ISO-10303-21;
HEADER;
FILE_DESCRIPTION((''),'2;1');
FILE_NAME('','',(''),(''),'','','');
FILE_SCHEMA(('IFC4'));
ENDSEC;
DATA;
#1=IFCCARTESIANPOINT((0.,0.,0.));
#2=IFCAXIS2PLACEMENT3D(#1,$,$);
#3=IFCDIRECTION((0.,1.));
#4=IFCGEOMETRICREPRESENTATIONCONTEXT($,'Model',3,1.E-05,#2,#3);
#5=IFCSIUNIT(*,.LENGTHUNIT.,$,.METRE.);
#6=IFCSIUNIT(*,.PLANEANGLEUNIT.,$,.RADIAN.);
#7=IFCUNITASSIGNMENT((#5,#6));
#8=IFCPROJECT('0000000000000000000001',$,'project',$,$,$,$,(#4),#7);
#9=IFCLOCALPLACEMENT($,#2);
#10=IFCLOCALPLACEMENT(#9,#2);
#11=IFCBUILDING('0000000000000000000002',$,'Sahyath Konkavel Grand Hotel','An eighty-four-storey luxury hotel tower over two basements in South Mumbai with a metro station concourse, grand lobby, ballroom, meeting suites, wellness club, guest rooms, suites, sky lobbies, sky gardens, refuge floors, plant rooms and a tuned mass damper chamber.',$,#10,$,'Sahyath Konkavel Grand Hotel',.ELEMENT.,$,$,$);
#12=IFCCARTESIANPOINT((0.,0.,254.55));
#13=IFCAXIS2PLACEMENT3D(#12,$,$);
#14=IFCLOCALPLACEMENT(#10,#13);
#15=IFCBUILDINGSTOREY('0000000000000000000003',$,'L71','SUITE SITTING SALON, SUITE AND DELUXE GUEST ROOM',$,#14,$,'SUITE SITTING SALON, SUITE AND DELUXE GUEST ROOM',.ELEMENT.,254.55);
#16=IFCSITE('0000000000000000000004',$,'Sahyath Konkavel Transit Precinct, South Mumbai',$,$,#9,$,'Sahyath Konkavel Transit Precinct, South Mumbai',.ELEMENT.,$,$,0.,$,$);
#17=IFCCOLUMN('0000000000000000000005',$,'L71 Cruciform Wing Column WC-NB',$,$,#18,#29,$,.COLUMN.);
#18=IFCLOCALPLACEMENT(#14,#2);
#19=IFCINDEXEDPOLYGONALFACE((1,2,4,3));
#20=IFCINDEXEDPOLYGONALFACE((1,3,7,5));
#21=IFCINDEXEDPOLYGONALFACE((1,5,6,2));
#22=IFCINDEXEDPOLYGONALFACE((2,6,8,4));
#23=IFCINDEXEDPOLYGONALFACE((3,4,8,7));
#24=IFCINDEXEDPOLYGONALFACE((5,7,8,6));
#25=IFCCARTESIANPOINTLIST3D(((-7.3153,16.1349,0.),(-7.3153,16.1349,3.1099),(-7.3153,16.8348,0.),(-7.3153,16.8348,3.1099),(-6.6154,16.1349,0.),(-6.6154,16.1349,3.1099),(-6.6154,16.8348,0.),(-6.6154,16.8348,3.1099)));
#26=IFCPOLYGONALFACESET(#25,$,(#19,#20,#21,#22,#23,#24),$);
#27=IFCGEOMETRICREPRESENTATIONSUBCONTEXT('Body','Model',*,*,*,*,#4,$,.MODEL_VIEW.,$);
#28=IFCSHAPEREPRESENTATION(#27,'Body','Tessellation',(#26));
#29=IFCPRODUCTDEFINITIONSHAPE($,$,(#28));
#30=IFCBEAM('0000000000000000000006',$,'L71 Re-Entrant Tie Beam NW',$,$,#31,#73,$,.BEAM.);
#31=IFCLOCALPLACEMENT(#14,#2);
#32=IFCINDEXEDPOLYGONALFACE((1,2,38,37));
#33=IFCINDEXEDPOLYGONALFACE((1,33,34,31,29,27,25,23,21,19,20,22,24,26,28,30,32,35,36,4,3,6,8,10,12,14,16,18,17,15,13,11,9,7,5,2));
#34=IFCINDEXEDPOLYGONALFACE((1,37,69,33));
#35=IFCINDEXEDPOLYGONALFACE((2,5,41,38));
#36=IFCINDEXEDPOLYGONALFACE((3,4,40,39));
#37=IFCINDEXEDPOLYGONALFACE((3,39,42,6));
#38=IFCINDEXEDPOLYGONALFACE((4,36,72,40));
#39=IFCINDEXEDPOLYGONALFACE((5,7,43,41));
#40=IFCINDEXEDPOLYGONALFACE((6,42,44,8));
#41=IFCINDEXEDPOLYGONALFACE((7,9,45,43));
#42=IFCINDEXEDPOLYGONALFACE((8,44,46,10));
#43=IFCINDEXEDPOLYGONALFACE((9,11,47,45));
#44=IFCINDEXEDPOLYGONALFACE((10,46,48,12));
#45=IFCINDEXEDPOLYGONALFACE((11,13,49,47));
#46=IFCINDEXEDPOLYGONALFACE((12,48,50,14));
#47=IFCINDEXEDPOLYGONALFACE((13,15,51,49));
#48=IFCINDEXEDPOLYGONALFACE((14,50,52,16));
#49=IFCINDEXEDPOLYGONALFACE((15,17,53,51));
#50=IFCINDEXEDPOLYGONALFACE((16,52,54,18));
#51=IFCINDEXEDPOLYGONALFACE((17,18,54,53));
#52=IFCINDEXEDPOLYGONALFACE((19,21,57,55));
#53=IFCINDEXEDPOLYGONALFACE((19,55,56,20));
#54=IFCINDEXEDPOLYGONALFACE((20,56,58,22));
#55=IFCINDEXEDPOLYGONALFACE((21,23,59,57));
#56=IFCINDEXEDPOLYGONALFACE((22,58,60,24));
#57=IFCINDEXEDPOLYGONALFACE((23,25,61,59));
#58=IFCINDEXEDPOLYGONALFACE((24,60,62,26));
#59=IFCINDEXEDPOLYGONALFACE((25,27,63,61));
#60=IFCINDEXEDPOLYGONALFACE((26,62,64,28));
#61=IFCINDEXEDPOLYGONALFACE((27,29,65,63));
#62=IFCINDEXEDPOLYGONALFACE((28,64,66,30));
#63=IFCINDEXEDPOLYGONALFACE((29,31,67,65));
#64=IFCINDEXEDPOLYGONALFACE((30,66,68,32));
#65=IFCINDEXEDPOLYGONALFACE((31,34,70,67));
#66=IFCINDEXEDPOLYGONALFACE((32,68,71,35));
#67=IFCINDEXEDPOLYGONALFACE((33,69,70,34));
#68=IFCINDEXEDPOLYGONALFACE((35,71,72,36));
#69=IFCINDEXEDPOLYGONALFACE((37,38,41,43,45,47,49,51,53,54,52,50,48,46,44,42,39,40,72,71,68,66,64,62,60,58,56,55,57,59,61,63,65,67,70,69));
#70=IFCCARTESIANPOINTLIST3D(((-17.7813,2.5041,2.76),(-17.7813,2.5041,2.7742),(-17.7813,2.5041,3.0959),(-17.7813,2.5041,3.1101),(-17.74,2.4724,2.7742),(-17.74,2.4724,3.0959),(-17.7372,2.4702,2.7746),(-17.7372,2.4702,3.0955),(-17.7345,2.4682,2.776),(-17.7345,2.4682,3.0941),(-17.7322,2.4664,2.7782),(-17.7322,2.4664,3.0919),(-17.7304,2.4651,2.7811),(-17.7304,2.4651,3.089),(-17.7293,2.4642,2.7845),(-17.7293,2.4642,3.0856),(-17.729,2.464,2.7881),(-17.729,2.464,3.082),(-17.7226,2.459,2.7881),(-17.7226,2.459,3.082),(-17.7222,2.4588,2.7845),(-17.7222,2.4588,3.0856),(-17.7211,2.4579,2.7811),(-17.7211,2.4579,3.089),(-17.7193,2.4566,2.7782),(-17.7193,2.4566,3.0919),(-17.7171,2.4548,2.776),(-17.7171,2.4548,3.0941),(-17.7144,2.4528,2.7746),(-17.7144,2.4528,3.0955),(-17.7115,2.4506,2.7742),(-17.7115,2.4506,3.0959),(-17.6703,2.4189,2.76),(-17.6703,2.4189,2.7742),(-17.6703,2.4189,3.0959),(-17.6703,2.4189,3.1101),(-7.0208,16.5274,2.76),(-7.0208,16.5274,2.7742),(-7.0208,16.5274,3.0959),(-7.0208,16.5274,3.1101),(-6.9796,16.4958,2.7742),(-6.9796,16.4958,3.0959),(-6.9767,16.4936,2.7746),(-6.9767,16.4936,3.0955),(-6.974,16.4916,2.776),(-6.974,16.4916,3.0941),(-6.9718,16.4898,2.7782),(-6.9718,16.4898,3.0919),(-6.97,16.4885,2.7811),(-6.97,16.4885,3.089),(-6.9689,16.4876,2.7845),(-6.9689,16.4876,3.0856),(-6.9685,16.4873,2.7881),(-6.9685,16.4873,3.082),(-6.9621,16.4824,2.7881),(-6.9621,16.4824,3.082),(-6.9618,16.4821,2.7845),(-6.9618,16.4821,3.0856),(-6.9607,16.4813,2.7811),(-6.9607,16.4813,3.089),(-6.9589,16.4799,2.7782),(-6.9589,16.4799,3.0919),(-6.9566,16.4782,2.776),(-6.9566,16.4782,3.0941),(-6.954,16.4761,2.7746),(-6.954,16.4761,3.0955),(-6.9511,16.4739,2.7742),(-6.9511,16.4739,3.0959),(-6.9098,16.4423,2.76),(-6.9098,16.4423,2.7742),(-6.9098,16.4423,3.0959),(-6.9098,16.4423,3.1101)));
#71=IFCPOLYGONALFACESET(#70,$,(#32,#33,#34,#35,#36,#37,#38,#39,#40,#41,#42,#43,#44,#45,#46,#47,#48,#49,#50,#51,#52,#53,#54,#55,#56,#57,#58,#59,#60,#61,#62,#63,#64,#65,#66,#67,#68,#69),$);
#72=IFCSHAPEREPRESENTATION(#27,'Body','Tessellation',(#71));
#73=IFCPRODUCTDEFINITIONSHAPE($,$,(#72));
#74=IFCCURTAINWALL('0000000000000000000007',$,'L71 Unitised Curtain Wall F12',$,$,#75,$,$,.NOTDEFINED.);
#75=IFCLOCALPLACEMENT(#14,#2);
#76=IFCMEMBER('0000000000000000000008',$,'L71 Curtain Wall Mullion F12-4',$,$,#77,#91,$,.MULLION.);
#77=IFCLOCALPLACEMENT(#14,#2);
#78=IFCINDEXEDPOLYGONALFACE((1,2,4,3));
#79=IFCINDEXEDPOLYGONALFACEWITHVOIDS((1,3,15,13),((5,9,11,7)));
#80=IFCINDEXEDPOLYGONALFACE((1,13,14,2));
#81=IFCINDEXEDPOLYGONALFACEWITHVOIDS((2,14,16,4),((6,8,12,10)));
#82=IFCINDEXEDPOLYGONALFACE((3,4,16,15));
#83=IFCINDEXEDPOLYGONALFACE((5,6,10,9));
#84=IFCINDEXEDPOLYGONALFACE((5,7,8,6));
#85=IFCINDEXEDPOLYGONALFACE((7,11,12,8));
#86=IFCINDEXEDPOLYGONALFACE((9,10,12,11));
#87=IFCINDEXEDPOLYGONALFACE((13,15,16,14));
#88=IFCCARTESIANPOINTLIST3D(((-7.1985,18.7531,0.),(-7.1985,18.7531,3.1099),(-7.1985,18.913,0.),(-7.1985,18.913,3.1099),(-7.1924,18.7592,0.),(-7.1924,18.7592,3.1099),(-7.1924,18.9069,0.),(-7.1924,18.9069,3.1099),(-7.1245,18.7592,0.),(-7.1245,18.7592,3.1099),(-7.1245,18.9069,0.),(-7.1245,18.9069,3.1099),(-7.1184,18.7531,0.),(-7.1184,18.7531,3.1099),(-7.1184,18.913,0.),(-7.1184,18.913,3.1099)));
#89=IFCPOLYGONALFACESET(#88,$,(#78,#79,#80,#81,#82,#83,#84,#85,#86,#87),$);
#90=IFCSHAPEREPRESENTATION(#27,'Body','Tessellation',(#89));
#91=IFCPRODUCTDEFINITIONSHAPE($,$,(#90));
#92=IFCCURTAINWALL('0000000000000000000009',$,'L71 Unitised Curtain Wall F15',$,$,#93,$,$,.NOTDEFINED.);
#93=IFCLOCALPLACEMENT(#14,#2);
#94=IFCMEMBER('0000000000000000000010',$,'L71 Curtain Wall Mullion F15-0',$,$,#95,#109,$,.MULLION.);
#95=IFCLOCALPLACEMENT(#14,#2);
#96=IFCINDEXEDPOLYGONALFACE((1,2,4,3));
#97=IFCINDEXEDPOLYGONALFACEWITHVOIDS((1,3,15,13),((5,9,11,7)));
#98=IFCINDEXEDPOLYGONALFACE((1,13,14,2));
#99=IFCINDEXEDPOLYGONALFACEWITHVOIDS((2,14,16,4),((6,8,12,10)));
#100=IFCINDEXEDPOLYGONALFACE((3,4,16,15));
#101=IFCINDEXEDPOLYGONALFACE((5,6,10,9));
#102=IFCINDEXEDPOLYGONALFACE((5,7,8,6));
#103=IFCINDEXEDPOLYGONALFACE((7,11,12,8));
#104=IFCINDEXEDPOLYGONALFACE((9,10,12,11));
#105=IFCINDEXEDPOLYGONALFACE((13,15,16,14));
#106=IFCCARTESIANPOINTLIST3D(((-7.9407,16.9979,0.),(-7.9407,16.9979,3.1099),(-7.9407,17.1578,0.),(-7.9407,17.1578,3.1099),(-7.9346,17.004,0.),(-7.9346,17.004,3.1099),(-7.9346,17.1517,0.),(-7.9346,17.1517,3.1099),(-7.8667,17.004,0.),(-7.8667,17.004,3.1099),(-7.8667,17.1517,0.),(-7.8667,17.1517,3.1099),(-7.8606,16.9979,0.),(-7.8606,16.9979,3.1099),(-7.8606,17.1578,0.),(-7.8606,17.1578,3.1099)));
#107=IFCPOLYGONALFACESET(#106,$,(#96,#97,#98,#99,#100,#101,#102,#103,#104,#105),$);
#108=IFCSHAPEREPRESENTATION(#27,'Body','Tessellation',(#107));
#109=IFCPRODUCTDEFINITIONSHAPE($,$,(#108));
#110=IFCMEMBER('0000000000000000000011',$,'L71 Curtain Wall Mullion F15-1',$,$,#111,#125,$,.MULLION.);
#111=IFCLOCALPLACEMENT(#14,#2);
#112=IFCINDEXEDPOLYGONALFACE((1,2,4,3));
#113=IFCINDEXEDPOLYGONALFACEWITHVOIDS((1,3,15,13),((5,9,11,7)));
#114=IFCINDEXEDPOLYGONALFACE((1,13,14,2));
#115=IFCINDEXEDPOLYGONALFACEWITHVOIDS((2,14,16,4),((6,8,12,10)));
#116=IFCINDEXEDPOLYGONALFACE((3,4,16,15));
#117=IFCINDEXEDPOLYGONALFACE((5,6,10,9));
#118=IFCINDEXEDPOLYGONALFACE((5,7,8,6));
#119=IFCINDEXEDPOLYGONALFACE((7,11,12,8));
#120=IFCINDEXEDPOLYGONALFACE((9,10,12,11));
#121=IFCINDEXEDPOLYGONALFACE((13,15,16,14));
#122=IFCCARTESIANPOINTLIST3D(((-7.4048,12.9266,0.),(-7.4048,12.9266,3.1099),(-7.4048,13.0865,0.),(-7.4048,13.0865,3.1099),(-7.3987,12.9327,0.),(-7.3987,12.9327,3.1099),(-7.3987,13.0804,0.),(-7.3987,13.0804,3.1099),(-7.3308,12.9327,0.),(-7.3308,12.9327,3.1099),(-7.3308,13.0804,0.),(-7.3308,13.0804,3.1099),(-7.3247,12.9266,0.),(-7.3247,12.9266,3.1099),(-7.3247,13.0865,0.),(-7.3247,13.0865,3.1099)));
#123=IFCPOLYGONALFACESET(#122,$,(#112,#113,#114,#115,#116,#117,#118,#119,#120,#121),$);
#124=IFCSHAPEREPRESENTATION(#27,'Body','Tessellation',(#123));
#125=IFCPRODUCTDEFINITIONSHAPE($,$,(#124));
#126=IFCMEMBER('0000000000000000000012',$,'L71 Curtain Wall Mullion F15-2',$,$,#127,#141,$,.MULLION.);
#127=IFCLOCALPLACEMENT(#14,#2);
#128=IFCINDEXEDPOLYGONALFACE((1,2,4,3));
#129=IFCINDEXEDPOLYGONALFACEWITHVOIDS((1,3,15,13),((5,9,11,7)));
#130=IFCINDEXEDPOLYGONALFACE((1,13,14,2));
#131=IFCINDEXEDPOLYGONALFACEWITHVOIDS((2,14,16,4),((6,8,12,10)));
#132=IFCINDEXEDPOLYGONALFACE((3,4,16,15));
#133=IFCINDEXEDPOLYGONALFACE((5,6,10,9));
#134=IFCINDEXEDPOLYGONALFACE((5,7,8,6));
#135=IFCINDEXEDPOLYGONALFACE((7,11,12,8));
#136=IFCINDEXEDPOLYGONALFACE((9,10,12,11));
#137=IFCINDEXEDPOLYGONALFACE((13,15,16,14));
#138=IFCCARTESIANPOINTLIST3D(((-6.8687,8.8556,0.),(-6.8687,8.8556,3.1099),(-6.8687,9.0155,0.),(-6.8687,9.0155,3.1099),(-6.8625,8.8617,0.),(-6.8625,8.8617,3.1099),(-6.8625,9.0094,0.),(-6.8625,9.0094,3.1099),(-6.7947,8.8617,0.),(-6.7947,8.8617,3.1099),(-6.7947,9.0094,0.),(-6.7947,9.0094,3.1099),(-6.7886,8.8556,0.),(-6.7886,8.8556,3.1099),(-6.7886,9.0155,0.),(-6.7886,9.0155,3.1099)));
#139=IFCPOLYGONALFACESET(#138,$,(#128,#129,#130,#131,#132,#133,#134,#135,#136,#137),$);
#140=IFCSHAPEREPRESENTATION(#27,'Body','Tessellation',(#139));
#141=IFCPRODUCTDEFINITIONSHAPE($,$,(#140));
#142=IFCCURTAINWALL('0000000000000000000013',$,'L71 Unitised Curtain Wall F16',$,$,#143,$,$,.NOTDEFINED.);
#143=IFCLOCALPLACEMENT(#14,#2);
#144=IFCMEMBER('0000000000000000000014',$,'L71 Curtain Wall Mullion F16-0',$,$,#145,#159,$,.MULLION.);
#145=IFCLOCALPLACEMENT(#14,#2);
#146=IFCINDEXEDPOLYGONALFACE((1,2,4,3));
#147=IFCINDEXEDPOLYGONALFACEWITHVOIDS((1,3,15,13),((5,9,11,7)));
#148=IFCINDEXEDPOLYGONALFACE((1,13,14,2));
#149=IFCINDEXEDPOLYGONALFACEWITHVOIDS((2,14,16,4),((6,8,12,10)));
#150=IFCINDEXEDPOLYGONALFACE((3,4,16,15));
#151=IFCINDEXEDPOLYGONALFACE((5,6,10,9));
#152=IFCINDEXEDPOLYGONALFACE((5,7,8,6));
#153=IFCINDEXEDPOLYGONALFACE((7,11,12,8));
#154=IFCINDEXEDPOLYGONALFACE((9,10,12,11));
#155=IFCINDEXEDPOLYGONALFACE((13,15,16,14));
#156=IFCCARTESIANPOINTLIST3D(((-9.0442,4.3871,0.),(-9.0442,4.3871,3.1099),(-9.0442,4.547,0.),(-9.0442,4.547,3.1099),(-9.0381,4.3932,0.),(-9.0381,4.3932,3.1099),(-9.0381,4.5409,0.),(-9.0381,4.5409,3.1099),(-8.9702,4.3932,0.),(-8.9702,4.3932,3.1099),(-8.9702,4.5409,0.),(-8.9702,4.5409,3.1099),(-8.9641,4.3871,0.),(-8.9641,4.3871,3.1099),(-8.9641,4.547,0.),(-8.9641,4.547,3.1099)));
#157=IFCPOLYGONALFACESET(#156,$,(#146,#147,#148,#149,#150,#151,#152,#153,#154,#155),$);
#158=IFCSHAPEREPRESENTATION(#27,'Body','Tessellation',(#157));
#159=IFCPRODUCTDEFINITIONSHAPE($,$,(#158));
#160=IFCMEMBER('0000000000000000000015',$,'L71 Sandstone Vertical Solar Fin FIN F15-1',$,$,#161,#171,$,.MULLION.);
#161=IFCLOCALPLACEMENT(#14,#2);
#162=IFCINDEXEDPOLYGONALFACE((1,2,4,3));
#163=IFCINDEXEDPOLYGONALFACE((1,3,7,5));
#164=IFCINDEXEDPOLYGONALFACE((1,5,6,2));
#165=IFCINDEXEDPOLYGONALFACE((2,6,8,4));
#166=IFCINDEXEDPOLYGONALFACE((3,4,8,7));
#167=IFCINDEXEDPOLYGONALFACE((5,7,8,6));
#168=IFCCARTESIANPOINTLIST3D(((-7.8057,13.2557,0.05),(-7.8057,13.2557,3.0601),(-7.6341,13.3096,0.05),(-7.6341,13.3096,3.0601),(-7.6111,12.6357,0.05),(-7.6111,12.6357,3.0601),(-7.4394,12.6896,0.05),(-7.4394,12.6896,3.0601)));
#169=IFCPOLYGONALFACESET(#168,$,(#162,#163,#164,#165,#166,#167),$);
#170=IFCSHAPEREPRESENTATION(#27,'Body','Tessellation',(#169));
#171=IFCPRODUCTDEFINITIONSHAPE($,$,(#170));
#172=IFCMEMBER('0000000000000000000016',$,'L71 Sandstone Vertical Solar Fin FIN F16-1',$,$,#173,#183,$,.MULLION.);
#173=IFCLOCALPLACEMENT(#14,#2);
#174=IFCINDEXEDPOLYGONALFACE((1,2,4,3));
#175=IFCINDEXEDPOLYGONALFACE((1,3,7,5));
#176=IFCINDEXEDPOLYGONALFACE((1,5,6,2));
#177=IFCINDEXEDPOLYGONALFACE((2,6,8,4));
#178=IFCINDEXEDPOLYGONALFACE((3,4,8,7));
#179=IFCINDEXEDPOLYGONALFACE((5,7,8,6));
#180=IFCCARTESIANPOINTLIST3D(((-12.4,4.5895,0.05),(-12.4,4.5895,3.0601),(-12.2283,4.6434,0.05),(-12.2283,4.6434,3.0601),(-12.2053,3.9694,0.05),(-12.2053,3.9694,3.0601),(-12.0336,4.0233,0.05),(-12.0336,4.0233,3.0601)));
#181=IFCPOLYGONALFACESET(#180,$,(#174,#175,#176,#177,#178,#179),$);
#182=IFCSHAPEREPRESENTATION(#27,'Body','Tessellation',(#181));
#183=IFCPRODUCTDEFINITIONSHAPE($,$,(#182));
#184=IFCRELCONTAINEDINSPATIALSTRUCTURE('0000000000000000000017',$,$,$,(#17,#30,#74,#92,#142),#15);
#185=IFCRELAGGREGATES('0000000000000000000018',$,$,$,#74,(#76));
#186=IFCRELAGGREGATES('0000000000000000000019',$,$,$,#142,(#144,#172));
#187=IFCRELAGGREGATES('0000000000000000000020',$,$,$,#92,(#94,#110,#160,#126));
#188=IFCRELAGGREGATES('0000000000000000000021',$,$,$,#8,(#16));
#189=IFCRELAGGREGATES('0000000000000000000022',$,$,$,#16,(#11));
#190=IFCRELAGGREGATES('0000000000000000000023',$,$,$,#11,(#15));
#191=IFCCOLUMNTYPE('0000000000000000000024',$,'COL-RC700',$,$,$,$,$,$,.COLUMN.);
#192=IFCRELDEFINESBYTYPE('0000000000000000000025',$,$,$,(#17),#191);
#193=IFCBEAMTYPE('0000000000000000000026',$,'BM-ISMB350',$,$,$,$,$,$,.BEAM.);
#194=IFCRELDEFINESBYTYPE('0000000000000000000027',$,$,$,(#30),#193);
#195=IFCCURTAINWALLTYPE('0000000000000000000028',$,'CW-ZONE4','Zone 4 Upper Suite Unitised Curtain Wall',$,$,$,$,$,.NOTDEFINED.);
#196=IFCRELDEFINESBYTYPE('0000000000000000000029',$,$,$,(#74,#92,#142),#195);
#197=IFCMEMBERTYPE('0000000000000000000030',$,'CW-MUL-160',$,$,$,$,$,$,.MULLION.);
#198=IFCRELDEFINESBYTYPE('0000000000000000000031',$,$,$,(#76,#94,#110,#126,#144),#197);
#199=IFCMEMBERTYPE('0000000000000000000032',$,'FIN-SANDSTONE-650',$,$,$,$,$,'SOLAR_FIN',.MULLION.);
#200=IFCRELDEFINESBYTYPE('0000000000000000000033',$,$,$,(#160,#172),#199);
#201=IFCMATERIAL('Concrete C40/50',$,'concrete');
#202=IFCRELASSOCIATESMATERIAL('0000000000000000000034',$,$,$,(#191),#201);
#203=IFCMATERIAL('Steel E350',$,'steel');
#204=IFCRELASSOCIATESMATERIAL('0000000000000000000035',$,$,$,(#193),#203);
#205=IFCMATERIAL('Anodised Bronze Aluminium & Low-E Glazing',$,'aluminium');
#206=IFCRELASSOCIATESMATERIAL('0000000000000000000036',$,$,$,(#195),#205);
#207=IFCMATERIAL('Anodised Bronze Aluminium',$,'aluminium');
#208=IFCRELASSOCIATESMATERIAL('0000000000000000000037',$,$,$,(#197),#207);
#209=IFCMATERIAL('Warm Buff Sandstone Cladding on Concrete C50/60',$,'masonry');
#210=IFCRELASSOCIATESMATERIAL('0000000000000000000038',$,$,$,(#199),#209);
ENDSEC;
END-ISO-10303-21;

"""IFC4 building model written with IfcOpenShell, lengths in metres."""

from ifc_helpers import new_model, si_unit, direction, frame, origin, origin_2d, place, context, subcontext, project, spatial, rectangle, hollow_rectangle, i_section, extrude, source, transform, mapped, material, material_profile, profile_set, type_object, element, aggregate, save


model = new_model("IFC4")

# Units and contexts
model_context = context("Model", 3, precision=1e-05, world=origin(), true_north=direction((0.0, 1.0)))
body_context = subcontext(model_context, "Body", "Model", "MODEL_VIEW")
ifc_project = project(units=[si_unit("LENGTHUNIT", "METRE"), si_unit("PLANEANGLEUNIT", "RADIAN")], contexts=[model_context])

# Site, building, storey
site_placement = place(None, origin())
site = spatial("IfcSite", under=ifc_project, at=site_placement, Name="Sahyath Konkavel Transit Precinct, South Mumbai", LongName="Sahyath Konkavel Transit Precinct, South Mumbai", CompositionType="ELEMENT", RefElevation=0.0)
building_placement = place(site_placement, origin())
building = spatial("IfcBuilding", under=site, at=building_placement, Name="Sahyath Konkavel Grand Hotel", Description="An eighty-four-storey luxury hotel tower over two basements in South Mumbai with a metro station concourse, grand lobby, ballroom, meeting suites, wellness club, guest rooms, suites, sky lobbies, sky gardens, refuge floors, plant rooms and a tuned mass damper chamber.", LongName="Sahyath Konkavel Grand Hotel", CompositionType="ELEMENT")
storey_placement = place(building_placement, frame((0.0, 0.0, 254.55)))
storey = spatial("IfcBuildingStorey", under=building, at=storey_placement, Name="L71", Description="SUITE SITTING SALON, SUITE AND DELUXE GUEST ROOM", LongName="SUITE SITTING SALON, SUITE AND DELUXE GUEST ROOM", CompositionType="ELEMENT", Elevation=254.55)

# Column
ifc_material_1 = material(Name="Concrete C40/50", Category="concrete")
ifc_material_profile_1 = material_profile(ifc_material_1, rectangle(XDim=0.7, YDim=0.7, at=origin_2d()), Name="RC 700x700")
ifc_profile_set_1 = profile_set([ifc_material_profile_1], Name="Concrete C40/50")
column_type = type_object("IfcColumnType", Name="COL-RC700", PredefinedType="COLUMN", material=ifc_profile_set_1)
shared_shape_1 = source(origin(), body_context, "Body", "SweptSolid", [
    extrude(rectangle(XDim=0.7, YDim=0.7, at=origin_2d()), origin(), (0.0, 0.0, 1.0), 3.1099),
])
column_placement = place(storey_placement, frame((-6.9653, 16.4849, 0.0), z_axis=(0.0, 0.0, 1.0), x_axis=(1.0, 0.0, 0.0)))
element("IfcColumn", 1, at=column_placement, inside=storey, type_object=column_type, Name="L71 Cruciform Wing Column WC-NB", PredefinedType="COLUMN", context=body_context, shape_type="MappedRepresentation", body=[
    mapped(shared_shape_1, transform((0.0, 0.0, 0.0), scale=1.0)),
])

# Beam
ifc_material_2 = material(Name="Steel E350", Category="steel")
ifc_material_profile_2 = material_profile(ifc_material_2, i_section(OverallWidth=0.1399, OverallDepth=0.3501, WebThickness=0.0081, FlangeThickness=0.0142, FilletRadius=0.0139, at=origin_2d()), Name="ISMB 350")
ifc_profile_set_2 = profile_set([ifc_material_profile_2], Name="Steel E350")
beam_type = type_object("IfcBeamType", Name="BM-ISMB350", PredefinedType="BEAM", material=ifc_profile_set_2)
shared_shape_2 = source(origin(), body_context, "Body", "SweptSolid", [
    extrude(i_section(OverallWidth=0.1399, OverallDepth=0.3501, WebThickness=0.0081, FlangeThickness=0.0142, FilletRadius=0.0139, at=origin_2d()), origin(), (0.0, 0.0, 1.0), 17.676),
])
beam_placement = place(storey_placement, frame((-6.9653, 16.4849, 2.9351), z_axis=(-0.608759, -0.793355, 0.0), x_axis=(0.793355, -0.608759, 0.0)))
element("IfcBeam", 2, at=beam_placement, inside=storey, type_object=beam_type, Name="L71 Re-Entrant Tie Beam NW", PredefinedType="BEAM", context=body_context, shape_type="MappedRepresentation", body=[
    mapped(shared_shape_2, transform((0.0, 0.0, 0.0), scale=1.0)),
])

# Curtain wall, member
ifc_material_3 = material(Name="Anodised Bronze Aluminium & Low-E Glazing", Category="aluminium")
curtain_wall_type = type_object("IfcCurtainWallType", Name="CW-ZONE4", Description="Zone 4 Upper Suite Unitised Curtain Wall", PredefinedType="NOTDEFINED", material=ifc_material_3)
curtain_wall_1_placement = place(storey_placement, origin())
curtain_wall_1 = element("IfcCurtainWall", 3, at=curtain_wall_1_placement, inside=storey, type_object=curtain_wall_type, Name="L71 Unitised Curtain Wall F12", PredefinedType="NOTDEFINED")
ifc_material_4 = material(Name="Anodised Bronze Aluminium", Category="aluminium")
ifc_material_profile_3 = material_profile(ifc_material_4, hollow_rectangle(XDim=0.0801, YDim=0.1599, WallThickness=0.0061, at=origin_2d()), Name="RHS 160x80x6")
ifc_profile_set_3 = profile_set([ifc_material_profile_3], Name="Anodised Bronze Aluminium")
member_type_1 = type_object("IfcMemberType", Name="CW-MUL-160", PredefinedType="MULLION", material=ifc_profile_set_3)
shared_shape_3 = source(origin(), body_context, "Body", "SweptSolid", [
    extrude(hollow_rectangle(XDim=0.0801, YDim=0.1599, WallThickness=0.0061, at=origin_2d()), origin(), (0.0, 0.0, 1.0), 3.1099),
])
member_1_placement = place(storey_placement, frame((-7.1584, 18.833, 0.0), z_axis=(0.0, 0.0, 1.0), x_axis=(1.0, 0.0, 0.0)))
member_1 = element("IfcMember", 4, at=member_1_placement, type_object=member_type_1, Name="L71 Curtain Wall Mullion F12-4", PredefinedType="MULLION", context=body_context, shape_type="MappedRepresentation", body=[
    mapped(shared_shape_3, transform((0.0, 0.0, 0.0), scale=1.0)),
])
aggregate(curtain_wall_1, [member_1])

# Curtain wall, members
curtain_wall_2_placement = place(storey_placement, origin())
curtain_wall_2 = element("IfcCurtainWall", 5, at=curtain_wall_2_placement, inside=storey, type_object=curtain_wall_type, Name="L71 Unitised Curtain Wall F15", PredefinedType="NOTDEFINED")
member_2_placement = place(storey_placement, frame((-7.9006, 17.0779, 0.0), z_axis=(0.0, 0.0, 1.0), x_axis=(1.0, 0.0, 0.0)))
member_2 = element("IfcMember", 6, at=member_2_placement, type_object=member_type_1, Name="L71 Curtain Wall Mullion F15-0", PredefinedType="MULLION", context=body_context, shape_type="MappedRepresentation", body=[
    mapped(shared_shape_3, transform((0.0, 0.0, 0.0), scale=1.0)),
])
member_3_placement = place(storey_placement, frame((-7.3647, 13.0066, 0.0), z_axis=(0.0, 0.0, 1.0), x_axis=(1.0, 0.0, 0.0)))
member_3 = element("IfcMember", 7, at=member_3_placement, type_object=member_type_1, Name="L71 Curtain Wall Mullion F15-1", PredefinedType="MULLION", context=body_context, shape_type="MappedRepresentation", body=[
    mapped(shared_shape_3, transform((0.0, 0.0, 0.0), scale=1.0)),
])
member_4_placement = place(storey_placement, frame((-6.8286, 8.9355, 0.0), z_axis=(0.0, 0.0, 1.0), x_axis=(1.0, 0.0, 0.0)))
member_4 = element("IfcMember", 8, at=member_4_placement, type_object=member_type_1, Name="L71 Curtain Wall Mullion F15-2", PredefinedType="MULLION", context=body_context, shape_type="MappedRepresentation", body=[
    mapped(shared_shape_3, transform((0.0, 0.0, 0.0), scale=1.0)),
])

# Curtain wall, member
curtain_wall_3_placement = place(storey_placement, origin())
curtain_wall_3 = element("IfcCurtainWall", 9, at=curtain_wall_3_placement, inside=storey, type_object=curtain_wall_type, Name="L71 Unitised Curtain Wall F16", PredefinedType="NOTDEFINED")
member_5_placement = place(storey_placement, frame((-9.0042, 4.467, 0.0), z_axis=(0.0, 0.0, 1.0), x_axis=(1.0, 0.0, 0.0)))
member_5 = element("IfcMember", 10, at=member_5_placement, type_object=member_type_1, Name="L71 Curtain Wall Mullion F16-0", PredefinedType="MULLION", context=body_context, shape_type="MappedRepresentation", body=[
    mapped(shared_shape_3, transform((0.0, 0.0, 0.0), scale=1.0)),
])

# Members
ifc_material_5 = material(Name="Warm Buff Sandstone Cladding on Concrete C50/60", Category="masonry")
ifc_material_profile_4 = material_profile(ifc_material_5, rectangle(XDim=0.1799, YDim=0.6499, at=origin_2d()), Name="FIN 180x650")
ifc_profile_set_4 = profile_set([ifc_material_profile_4], Name="Warm Buff Sandstone Cladding on Concrete C50/60")
member_type_2 = type_object("IfcMemberType", Name="FIN-SANDSTONE-650", ElementType="SOLAR_FIN", PredefinedType="MULLION", material=ifc_profile_set_4)
shared_shape_4 = source(origin(), body_context, "Body", "SweptSolid", [
    extrude(rectangle(XDim=0.1799, YDim=0.6499, at=origin_2d()), origin(), (0.0, 0.0, 1.0), 3.01),
])
member_6_placement = place(storey_placement, frame((-7.6226, 12.9727, 0.05), z_axis=(0.0, 0.0, 1.0), x_axis=(0.954084, 0.29954, 0.0)))
member_6 = element("IfcMember", 11, at=member_6_placement, type_object=member_type_2, Name="L71 Sandstone Vertical Solar Fin FIN F15-1", PredefinedType="MULLION", context=body_context, shape_type="MappedRepresentation", body=[
    mapped(shared_shape_4, transform((0.0, 0.0, 0.0), scale=1.0)),
])
member_7_placement = place(storey_placement, frame((-12.2168, 4.3064, 0.05), z_axis=(0.0, 0.0, 1.0), x_axis=(0.954084, 0.29954, 0.0)))
member_7 = element("IfcMember", 12, at=member_7_placement, type_object=member_type_2, Name="L71 Sandstone Vertical Solar Fin FIN F16-1", PredefinedType="MULLION", context=body_context, shape_type="MappedRepresentation", body=[
    mapped(shared_shape_4, transform((0.0, 0.0, 0.0), scale=1.0)),
])

aggregate(curtain_wall_3, [member_5, member_7])
aggregate(curtain_wall_2, [member_2, member_3, member_6, member_4])

save(model, "model.ifc")
